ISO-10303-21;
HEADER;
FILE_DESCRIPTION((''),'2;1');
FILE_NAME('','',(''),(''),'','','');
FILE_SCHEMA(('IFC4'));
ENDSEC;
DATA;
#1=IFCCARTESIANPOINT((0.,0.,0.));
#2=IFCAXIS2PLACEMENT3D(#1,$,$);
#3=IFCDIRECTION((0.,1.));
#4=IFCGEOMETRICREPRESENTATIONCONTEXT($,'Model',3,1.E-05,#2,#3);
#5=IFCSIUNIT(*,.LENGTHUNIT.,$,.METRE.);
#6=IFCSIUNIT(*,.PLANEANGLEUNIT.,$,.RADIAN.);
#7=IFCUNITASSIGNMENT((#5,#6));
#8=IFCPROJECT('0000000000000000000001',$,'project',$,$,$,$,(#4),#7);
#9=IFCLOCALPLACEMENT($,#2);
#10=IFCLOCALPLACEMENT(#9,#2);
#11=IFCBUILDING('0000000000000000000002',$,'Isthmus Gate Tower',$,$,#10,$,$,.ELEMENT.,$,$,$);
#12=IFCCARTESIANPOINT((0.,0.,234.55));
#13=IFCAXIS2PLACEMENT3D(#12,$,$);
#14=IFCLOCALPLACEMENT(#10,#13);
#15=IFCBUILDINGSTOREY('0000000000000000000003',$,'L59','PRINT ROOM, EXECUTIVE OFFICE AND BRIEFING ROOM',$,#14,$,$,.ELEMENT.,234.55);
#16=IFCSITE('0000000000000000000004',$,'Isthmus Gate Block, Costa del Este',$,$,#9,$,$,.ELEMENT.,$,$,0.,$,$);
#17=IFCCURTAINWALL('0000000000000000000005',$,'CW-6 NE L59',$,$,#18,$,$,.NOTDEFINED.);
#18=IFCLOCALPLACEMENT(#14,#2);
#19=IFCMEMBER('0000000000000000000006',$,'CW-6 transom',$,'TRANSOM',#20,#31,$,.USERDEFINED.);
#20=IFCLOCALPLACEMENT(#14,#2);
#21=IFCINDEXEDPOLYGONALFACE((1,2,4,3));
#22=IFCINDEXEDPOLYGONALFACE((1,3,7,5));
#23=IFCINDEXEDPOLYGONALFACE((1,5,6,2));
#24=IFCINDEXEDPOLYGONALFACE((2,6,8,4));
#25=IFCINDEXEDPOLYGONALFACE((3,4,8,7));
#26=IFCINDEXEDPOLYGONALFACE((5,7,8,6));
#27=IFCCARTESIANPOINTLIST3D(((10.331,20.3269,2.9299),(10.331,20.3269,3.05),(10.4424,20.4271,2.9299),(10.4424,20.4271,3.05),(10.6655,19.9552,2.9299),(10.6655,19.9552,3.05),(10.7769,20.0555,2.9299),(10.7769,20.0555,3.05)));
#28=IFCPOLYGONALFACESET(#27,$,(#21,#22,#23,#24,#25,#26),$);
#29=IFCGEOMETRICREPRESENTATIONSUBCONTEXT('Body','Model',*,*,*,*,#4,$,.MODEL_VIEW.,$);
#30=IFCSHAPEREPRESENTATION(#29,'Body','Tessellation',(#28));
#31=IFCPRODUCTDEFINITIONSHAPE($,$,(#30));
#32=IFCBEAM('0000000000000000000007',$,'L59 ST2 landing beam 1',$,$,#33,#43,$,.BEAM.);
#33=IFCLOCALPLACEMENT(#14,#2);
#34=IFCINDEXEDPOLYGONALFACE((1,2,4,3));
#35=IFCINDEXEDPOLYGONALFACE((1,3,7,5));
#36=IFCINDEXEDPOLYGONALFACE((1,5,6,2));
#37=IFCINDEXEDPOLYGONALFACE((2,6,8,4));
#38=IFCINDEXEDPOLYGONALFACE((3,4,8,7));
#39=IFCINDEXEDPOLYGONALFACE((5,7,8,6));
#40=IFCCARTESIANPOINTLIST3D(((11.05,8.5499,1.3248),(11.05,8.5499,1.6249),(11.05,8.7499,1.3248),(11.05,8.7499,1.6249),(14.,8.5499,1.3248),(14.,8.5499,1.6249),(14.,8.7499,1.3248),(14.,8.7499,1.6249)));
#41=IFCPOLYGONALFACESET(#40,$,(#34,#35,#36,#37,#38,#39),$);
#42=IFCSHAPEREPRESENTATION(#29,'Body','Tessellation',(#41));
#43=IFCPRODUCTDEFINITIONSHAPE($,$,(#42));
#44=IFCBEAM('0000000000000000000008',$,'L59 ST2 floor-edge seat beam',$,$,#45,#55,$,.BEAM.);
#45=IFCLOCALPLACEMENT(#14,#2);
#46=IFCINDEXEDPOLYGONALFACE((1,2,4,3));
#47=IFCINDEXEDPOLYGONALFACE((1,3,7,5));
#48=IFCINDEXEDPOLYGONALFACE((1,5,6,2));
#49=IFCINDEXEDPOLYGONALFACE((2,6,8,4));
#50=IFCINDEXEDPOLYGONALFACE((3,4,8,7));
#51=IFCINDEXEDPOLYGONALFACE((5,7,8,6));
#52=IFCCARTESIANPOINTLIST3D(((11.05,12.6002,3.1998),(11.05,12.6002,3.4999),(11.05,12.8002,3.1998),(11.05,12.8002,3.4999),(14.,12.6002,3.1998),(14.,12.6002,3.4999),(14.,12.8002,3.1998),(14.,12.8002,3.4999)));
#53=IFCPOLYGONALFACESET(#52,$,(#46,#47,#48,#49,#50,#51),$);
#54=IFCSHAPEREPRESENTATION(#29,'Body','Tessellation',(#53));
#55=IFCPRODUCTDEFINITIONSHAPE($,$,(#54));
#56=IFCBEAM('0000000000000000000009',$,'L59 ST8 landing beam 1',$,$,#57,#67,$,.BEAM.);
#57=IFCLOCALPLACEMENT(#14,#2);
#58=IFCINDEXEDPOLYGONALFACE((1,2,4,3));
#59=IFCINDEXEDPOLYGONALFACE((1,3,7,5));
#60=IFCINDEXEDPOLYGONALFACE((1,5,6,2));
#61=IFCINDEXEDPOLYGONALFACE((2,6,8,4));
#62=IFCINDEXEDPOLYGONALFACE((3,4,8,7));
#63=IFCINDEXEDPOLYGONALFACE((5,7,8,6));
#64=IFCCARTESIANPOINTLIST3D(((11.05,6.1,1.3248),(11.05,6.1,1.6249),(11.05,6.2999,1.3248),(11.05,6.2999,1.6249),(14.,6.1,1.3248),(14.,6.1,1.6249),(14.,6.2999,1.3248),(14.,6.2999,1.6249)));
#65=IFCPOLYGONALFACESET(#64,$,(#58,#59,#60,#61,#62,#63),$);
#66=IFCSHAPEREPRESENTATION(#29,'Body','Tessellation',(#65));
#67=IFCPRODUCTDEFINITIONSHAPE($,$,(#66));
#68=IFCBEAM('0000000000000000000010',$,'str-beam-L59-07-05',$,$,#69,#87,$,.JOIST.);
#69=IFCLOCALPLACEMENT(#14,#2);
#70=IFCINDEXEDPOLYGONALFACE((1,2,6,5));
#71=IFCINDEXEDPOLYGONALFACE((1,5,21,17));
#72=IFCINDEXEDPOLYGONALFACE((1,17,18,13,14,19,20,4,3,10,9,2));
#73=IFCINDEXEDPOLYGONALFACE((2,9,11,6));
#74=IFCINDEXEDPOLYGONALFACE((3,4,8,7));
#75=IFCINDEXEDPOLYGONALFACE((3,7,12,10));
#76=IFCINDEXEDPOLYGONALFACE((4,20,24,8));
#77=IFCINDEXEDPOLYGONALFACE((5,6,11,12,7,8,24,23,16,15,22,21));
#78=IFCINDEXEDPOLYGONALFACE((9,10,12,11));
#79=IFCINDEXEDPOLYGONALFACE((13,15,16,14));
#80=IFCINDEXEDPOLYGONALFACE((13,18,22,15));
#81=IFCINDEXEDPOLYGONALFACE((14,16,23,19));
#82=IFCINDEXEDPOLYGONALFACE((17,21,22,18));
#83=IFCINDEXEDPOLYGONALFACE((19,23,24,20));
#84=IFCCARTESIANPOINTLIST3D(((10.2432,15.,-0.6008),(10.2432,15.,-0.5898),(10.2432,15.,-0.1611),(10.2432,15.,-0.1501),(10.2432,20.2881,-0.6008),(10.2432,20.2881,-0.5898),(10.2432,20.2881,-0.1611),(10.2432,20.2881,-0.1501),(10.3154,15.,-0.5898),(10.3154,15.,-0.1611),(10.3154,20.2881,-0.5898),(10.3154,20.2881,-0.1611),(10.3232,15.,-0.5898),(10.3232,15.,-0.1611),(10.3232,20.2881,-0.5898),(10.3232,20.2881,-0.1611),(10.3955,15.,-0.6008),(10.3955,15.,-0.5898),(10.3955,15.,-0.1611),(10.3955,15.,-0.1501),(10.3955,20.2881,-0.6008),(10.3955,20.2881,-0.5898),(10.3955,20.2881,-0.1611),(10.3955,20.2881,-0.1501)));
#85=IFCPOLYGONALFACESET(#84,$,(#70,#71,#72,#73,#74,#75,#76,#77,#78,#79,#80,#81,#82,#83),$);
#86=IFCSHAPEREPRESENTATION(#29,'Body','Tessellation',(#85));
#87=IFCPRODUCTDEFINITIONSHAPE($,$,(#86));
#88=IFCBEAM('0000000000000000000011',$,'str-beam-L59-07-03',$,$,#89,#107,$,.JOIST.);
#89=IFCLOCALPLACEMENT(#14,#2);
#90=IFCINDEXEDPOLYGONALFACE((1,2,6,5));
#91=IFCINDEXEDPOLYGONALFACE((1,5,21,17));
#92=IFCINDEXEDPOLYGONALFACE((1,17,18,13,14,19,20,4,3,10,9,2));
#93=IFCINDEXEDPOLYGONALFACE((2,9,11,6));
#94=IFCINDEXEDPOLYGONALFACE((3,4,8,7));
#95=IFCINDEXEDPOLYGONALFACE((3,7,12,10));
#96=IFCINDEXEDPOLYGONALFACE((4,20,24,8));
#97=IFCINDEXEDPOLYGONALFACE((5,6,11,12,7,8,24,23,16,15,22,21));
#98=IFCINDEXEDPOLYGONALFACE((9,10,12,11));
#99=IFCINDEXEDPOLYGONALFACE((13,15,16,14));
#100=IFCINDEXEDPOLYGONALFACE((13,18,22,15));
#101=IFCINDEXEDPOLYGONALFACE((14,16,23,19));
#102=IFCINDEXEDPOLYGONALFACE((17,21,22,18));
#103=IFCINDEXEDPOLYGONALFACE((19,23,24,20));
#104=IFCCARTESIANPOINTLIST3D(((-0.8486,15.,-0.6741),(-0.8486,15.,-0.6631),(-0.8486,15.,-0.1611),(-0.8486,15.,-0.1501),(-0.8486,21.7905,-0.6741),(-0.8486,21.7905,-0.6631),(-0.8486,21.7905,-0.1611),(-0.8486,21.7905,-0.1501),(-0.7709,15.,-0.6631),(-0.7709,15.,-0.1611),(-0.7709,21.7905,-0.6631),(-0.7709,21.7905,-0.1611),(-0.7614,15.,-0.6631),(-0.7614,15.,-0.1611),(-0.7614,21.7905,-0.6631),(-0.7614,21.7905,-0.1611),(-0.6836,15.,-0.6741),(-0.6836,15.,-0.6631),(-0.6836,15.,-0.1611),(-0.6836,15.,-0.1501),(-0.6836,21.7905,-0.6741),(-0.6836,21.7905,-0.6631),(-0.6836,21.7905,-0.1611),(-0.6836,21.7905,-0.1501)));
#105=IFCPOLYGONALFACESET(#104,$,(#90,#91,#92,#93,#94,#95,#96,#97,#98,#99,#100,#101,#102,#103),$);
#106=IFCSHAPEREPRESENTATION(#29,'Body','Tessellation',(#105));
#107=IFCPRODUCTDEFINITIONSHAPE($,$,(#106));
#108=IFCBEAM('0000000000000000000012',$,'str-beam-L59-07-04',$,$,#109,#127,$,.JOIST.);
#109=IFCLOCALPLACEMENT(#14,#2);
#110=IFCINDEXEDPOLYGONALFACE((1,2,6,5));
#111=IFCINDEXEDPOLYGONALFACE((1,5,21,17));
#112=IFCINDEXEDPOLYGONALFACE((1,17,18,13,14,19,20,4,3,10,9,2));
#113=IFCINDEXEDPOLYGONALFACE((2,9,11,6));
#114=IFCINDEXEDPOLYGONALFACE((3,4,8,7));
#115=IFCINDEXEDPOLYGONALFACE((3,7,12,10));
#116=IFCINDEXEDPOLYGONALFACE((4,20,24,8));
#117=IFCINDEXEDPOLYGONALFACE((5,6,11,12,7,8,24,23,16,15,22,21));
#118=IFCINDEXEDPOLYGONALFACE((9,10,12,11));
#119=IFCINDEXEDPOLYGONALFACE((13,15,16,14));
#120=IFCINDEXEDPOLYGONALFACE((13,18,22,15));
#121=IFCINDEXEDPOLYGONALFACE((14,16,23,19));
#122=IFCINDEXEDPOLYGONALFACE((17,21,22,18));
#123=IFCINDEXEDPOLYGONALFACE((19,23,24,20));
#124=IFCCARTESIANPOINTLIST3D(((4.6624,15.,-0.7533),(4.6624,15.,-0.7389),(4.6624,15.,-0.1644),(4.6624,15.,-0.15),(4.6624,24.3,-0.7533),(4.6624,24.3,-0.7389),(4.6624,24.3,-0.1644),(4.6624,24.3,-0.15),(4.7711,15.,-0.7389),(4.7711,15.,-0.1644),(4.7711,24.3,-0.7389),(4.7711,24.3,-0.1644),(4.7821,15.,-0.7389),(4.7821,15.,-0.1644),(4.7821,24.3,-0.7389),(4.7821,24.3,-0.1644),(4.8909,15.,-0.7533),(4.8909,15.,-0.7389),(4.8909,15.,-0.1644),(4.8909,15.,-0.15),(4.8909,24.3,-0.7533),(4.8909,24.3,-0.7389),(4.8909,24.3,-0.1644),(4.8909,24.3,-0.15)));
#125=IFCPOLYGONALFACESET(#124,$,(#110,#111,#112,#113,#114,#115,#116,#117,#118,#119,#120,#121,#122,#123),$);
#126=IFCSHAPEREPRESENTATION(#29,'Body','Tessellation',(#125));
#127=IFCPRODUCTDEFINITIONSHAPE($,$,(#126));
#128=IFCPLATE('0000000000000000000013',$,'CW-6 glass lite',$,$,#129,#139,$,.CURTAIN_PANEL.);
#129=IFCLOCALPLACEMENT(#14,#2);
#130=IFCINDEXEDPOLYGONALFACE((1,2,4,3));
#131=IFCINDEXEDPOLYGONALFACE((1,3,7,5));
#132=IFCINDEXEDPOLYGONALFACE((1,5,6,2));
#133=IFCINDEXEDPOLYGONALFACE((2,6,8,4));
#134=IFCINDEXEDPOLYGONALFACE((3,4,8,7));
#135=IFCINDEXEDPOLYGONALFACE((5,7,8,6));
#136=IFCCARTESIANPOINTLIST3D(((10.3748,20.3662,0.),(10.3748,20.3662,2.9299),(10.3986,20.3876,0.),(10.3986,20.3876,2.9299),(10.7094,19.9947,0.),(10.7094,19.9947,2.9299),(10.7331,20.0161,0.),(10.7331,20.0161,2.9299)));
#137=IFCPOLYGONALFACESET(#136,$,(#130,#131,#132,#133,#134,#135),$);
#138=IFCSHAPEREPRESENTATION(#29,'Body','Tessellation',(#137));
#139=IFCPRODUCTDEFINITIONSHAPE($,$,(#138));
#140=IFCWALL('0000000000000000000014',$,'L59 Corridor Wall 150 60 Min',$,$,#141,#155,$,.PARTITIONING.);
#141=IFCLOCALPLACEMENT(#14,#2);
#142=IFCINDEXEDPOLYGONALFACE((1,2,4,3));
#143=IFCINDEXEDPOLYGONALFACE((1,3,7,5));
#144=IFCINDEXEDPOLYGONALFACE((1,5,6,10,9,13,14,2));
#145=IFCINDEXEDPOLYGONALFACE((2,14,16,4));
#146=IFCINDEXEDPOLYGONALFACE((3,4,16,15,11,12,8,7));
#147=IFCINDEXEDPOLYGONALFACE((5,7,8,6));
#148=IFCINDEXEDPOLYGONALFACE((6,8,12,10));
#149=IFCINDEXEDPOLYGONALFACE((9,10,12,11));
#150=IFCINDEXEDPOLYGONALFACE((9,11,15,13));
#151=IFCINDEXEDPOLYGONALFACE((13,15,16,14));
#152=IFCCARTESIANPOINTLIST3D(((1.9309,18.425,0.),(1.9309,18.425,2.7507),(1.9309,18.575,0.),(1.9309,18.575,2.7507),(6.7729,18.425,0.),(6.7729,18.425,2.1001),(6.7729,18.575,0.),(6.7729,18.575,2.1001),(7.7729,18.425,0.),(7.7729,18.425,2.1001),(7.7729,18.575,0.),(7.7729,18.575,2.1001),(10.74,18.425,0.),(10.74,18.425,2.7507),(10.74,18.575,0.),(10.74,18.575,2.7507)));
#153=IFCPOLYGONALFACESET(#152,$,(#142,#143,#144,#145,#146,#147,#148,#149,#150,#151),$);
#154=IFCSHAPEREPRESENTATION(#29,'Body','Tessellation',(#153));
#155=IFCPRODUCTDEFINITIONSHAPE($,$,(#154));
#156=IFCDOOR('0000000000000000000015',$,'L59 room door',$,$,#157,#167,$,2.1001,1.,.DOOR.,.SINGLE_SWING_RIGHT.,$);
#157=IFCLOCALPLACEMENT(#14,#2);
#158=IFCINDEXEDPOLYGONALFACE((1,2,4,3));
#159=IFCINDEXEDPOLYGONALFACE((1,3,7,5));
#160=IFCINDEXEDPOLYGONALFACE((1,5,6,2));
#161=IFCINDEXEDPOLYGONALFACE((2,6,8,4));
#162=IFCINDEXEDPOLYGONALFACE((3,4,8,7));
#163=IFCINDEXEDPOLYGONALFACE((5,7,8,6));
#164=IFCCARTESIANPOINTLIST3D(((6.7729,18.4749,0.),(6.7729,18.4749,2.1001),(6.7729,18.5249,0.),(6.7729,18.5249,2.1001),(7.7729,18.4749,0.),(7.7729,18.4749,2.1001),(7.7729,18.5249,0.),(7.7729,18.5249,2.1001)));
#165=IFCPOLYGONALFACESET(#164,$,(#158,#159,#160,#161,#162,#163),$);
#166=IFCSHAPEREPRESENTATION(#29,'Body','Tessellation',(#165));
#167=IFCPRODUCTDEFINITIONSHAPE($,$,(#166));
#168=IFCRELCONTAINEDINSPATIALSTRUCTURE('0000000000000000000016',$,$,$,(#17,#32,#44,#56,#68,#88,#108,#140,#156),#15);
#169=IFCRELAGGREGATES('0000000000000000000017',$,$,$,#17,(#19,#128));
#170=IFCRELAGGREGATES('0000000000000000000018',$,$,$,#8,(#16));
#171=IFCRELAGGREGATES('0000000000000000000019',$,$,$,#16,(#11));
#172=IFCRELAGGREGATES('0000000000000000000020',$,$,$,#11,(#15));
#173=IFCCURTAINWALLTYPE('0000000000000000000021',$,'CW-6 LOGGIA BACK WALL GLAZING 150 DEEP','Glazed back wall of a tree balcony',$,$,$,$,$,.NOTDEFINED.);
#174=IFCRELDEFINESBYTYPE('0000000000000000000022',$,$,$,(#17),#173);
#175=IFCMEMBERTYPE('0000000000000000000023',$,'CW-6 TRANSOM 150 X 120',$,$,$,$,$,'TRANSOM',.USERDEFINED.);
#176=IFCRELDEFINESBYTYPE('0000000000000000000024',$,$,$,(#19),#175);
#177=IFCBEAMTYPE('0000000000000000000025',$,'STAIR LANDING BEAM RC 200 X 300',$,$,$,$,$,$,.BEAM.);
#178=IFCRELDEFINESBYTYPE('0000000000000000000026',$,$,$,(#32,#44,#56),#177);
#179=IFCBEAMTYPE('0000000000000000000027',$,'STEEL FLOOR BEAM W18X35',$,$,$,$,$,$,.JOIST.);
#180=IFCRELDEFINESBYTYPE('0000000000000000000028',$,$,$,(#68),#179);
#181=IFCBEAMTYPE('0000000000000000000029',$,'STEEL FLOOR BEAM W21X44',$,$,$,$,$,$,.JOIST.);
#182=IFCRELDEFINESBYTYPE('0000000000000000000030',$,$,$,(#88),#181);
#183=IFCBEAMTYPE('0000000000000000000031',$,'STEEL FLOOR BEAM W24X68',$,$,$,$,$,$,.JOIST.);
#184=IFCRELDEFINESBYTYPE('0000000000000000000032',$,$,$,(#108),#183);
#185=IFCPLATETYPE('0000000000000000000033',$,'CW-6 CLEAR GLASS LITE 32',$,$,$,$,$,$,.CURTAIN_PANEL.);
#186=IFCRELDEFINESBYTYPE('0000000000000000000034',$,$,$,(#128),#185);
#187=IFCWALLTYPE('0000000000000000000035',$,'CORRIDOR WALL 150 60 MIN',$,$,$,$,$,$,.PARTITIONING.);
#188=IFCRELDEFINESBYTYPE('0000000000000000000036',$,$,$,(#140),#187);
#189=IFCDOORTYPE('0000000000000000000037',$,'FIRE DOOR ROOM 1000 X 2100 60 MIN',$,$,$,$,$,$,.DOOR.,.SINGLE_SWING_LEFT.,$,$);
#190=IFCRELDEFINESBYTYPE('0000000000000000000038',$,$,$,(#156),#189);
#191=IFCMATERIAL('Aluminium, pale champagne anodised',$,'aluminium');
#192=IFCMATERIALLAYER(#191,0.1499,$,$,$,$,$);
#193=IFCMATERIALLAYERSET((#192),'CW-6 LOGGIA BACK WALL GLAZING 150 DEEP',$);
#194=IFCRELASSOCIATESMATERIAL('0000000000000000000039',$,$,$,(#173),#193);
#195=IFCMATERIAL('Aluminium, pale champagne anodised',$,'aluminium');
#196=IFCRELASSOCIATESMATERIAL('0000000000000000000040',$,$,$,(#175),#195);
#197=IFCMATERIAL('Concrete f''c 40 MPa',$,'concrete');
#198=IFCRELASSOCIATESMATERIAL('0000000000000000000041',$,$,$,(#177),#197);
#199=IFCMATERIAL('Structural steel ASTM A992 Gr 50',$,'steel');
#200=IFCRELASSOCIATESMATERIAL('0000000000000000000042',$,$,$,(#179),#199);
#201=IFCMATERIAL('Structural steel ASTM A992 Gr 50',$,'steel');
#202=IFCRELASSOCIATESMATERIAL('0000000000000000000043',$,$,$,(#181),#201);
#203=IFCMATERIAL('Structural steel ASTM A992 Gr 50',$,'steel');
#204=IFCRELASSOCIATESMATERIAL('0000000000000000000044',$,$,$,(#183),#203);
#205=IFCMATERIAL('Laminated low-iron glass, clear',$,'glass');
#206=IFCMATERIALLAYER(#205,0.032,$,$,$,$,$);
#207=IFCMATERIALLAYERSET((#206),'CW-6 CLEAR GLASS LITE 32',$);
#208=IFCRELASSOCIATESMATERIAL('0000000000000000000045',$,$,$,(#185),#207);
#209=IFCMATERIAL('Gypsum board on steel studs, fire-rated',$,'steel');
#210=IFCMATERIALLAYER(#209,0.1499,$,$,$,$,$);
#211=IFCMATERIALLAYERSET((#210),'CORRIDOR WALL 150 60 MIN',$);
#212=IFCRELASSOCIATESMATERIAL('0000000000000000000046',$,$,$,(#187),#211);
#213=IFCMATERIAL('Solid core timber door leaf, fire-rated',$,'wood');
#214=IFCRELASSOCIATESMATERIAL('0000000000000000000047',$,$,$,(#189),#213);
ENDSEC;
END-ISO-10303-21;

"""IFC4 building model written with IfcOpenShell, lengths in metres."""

from ifc_helpers import new_model, si_unit, direction, frame, frame_2d, origin, origin_2d, place, context, subcontext, project, spatial, rectangle, i_section, extrude, material, layer, layer_set, material_profile, profile_set, type_object, element, fill, aggregate, save


model = new_model("IFC4")

# Units and contexts
model_context = context("Model", 3, precision=1e-05, world=origin(), true_north=direction((0.0, 1.0)))
body_context = subcontext(model_context, "Body", "Model", "MODEL_VIEW")
ifc_project = project(units=[si_unit("LENGTHUNIT", "METRE"), si_unit("PLANEANGLEUNIT", "RADIAN")], contexts=[model_context])

# Site, building, storey
site_placement = place(None, origin())
site = spatial("IfcSite", under=ifc_project, at=site_placement, Name="Isthmus Gate Block, Costa del Este", CompositionType="ELEMENT", RefElevation=0.0)
building_placement = place(site_placement, origin())
building = spatial("IfcBuilding", under=site, at=building_placement, Name="Isthmus Gate Tower", CompositionType="ELEMENT")
storey_placement = place(building_placement, frame((0.0, 0.0, 234.55)))
storey = spatial("IfcBuildingStorey", under=building, at=storey_placement, Name="L59", Description="PRINT ROOM, EXECUTIVE OFFICE AND BRIEFING ROOM", CompositionType="ELEMENT", Elevation=234.55)

# Curtain wall, member
ifc_material_1 = material(Name="Aluminium, pale champagne anodised", Category="aluminium")
ifc_layer_1 = layer(ifc_material_1, 0.1499)
ifc_layer_set_1 = layer_set([ifc_layer_1], Name="CW-6 LOGGIA BACK WALL GLAZING 150 DEEP")
curtain_wall_type = type_object("IfcCurtainWallType", Name="CW-6 LOGGIA BACK WALL GLAZING 150 DEEP", Description="Glazed back wall of a tree balcony", PredefinedType="NOTDEFINED", material=ifc_layer_set_1)
curtain_wall_placement = place(storey_placement, origin())
curtain_wall = element("IfcCurtainWall", 1, at=curtain_wall_placement, inside=storey, type_object=curtain_wall_type, Name="CW-6 NE L59", PredefinedType="NOTDEFINED")
ifc_material_2 = material(Name="Aluminium, pale champagne anodised", Category="aluminium")
ifc_material_profile_1 = material_profile(ifc_material_2, rectangle(XDim=0.1499, YDim=0.1201, at=origin_2d()), Name="150x120")
ifc_profile_set_1 = profile_set([ifc_material_profile_1], Name="Aluminium, pale champagne anodised")
member_type = type_object("IfcMemberType", Name="CW-6 TRANSOM 150 X 120", ElementType="TRANSOM", PredefinedType="USERDEFINED", material=ifc_profile_set_1)
member_placement = place(storey_placement, frame((10.7212, 20.0054, 2.99), z_axis=(-0.669019, 0.743246, 0.0), x_axis=(-0.743246, -0.669019, 0.0)))
member = element("IfcMember", 2, at=member_placement, type_object=member_type, Name="CW-6 transom", ObjectType="TRANSOM", PredefinedType="USERDEFINED", context=body_context, shape_type="SweptSolid", body=[
    extrude(rectangle(XDim=0.1499, YDim=0.1201, at=origin_2d()), origin(), (0.0, 0.0, 1.0), 0.5),
])

# Beams
ifc_material_3 = material(Name="Concrete f'c 40 MPa", Category="concrete")
ifc_material_profile_2 = material_profile(ifc_material_3, rectangle(XDim=0.2, YDim=0.3, at=origin_2d()), Name="STAIR LANDING BEAM RC 200 X 300")
ifc_profile_set_2 = profile_set([ifc_material_profile_2], Name="Concrete f'c 40 MPa")
beam_type_1 = type_object("IfcBeamType", Name="STAIR LANDING BEAM RC 200 X 300", PredefinedType="BEAM", material=ifc_profile_set_2)
for number, where, z_axis, x_axis, name in (
    (3, (11.05, 8.6499, 1.4749), (1.0, 0.0, 0.0), (0.0, 1.0, 0.0), "L59 ST2 landing beam 1"),
    (4, (11.05, 12.7002, 3.3499), (1.0, 0.0, 0.0), (0.0, 1.0, 0.0), "L59 ST2 floor-edge seat beam"),
    (5, (11.05, 6.2, 1.4749), (1.0, 0.0, 0.0), (0.0, 1.0, 0.0), "L59 ST8 landing beam 1"),
):
    element("IfcBeam", number, at=place(storey_placement, frame(where, z_axis=z_axis, x_axis=x_axis)), inside=storey, type_object=beam_type_1, Name=name, PredefinedType="BEAM", context=body_context, shape_type="SweptSolid", body=[
        extrude(rectangle(XDim=0.2, YDim=0.3, at=origin_2d()), origin(), (0.0, 0.0, 1.0), 2.95),
    ])
ifc_material_4 = material(Name="Structural steel ASTM A992 Gr 50", Category="steel")
ifc_material_profile_3 = material_profile(ifc_material_4, i_section(OverallWidth=0.1523, OverallDepth=0.4507, WebThickness=0.0078, FlangeThickness=0.011, at=origin_2d()), Name="W18X35")
ifc_profile_set_3 = profile_set([ifc_material_profile_3], Name="Structural steel ASTM A992 Gr 50")
beam_type_2 = type_object("IfcBeamType", Name="STEEL FLOOR BEAM W18X35", PredefinedType="JOIST", material=ifc_profile_set_3)
beam_1_placement = place(storey_placement, frame((10.3193, 15.0, -0.3755), z_axis=(0.0, 1.0, 0.0), x_axis=(-1.0, 0.0, 0.0)))
element("IfcBeam", 6, at=beam_1_placement, inside=storey, type_object=beam_type_2, Name="str-beam-L59-07-05", PredefinedType="JOIST", context=body_context, shape_type="SweptSolid", body=[
    extrude(i_section(OverallWidth=0.1523, OverallDepth=0.4507, WebThickness=0.0078, FlangeThickness=0.011, at=origin_2d()), origin(), (0.0, 0.0, 1.0), 5.2881),
])
ifc_material_5 = material(Name="Structural steel ASTM A992 Gr 50", Category="steel")
ifc_material_profile_4 = material_profile(ifc_material_5, i_section(OverallWidth=0.165, OverallDepth=0.5239, WebThickness=0.0095, FlangeThickness=0.011, at=origin_2d()), Name="W21X44")
ifc_profile_set_4 = profile_set([ifc_material_profile_4], Name="Structural steel ASTM A992 Gr 50")
beam_type_3 = type_object("IfcBeamType", Name="STEEL FLOOR BEAM W21X44", PredefinedType="JOIST", material=ifc_profile_set_4)
beam_2_placement = place(storey_placement, frame((-0.7661, 15.0, -0.4121), z_axis=(0.0, 1.0, 0.0), x_axis=(-1.0, 0.0, 0.0)))
element("IfcBeam", 7, at=beam_2_placement, inside=storey, type_object=beam_type_3, Name="str-beam-L59-07-03", PredefinedType="JOIST", context=body_context, shape_type="SweptSolid", body=[
    extrude(i_section(OverallWidth=0.165, OverallDepth=0.5239, WebThickness=0.0095, FlangeThickness=0.011, at=origin_2d()), origin(), (0.0, 0.0, 1.0), 6.7905),
])
ifc_material_6 = material(Name="Structural steel ASTM A992 Gr 50", Category="steel")
ifc_material_profile_5 = material_profile(ifc_material_6, i_section(OverallWidth=0.2285, OverallDepth=0.6033, WebThickness=0.011, FlangeThickness=0.0144, at=origin_2d()), Name="W24X68")
ifc_profile_set_5 = profile_set([ifc_material_profile_5], Name="Structural steel ASTM A992 Gr 50")
beam_type_4 = type_object("IfcBeamType", Name="STEEL FLOOR BEAM W24X68", PredefinedType="JOIST", material=ifc_profile_set_5)
beam_3_placement = place(storey_placement, frame((4.7766, 15.0, -0.4517), z_axis=(0.0, 1.0, 0.0), x_axis=(-1.0, 0.0, 0.0)))
element("IfcBeam", 8, at=beam_3_placement, inside=storey, type_object=beam_type_4, Name="str-beam-L59-07-04", PredefinedType="JOIST", context=body_context, shape_type="SweptSolid", body=[
    extrude(i_section(OverallWidth=0.2285, OverallDepth=0.6033, WebThickness=0.011, FlangeThickness=0.0144, at=origin_2d()), origin(), (0.0, 0.0, 1.0), 9.3),
])

# Plate
ifc_material_7 = material(Name="Laminated low-iron glass, clear", Category="glass")
ifc_layer_2 = layer(ifc_material_7, 0.032)
ifc_layer_set_2 = layer_set([ifc_layer_2], Name="CW-6 CLEAR GLASS LITE 32")
plate_type = type_object("IfcPlateType", Name="CW-6 CLEAR GLASS LITE 32", PredefinedType="CURTAIN_PANEL", material=ifc_layer_set_2)
plate_placement = place(storey_placement, frame((10.554, 20.1912, 0.0), z_axis=(0.0, 0.0, 1.0), x_axis=(-0.669131, 0.743145, 0.0)))
plate = element("IfcPlate", 9, at=plate_placement, type_object=plate_type, Name="CW-6 glass lite", PredefinedType="CURTAIN_PANEL", context=body_context, shape_type="SweptSolid", body=[
    extrude(rectangle(XDim=0.5, YDim=0.032, at=origin_2d()), origin(), (0.0, 0.0, 1.0), 2.9299),
])
aggregate(curtain_wall, [member, plate])

# Wall, opening, door
ifc_material_8 = material(Name="Gypsum board on steel studs, fire-rated", Category="steel")
ifc_layer_3 = layer(ifc_material_8, 0.1499)
ifc_layer_set_3 = layer_set([ifc_layer_3], Name="CORRIDOR WALL 150 60 MIN")
wall_type_1 = type_object("IfcWallType", Name="CORRIDOR WALL 150 60 MIN", PredefinedType="PARTITIONING", material=ifc_layer_set_3)
wall_1_placement = place(storey_placement, frame((1.9309, 18.5, 0.0), z_axis=(0.0, 0.0, 1.0), x_axis=(1.0, 0.0, 0.0)))
wall_1 = element("IfcWall", 10, at=wall_1_placement, inside=storey, type_object=wall_type_1, Name="L59 Corridor Wall 150 60 Min", PredefinedType="PARTITIONING", context=body_context, shape_type="SweptSolid", body=[
    extrude(rectangle(XDim=8.8091, YDim=0.1499, at=frame_2d((4.4045, 0.0))), origin(), (0.0, 0.0, 1.0), 2.7507),
])
opening_1_placement = place(wall_1_placement, frame((4.842, 0.0, 0.0)))
opening_1 = element("IfcOpeningElement", 11, at=opening_1_placement, cuts=wall_1, PredefinedType="OPENING", context=body_context, shape_type="SweptSolid", body=[
    extrude(rectangle(XDim=1.0, YDim=2.1001, at=frame_2d((0.5, 1.05))), frame((0.0, 0.085, 0.0), z_axis=(0.0, -1.0, 0.0), x_axis=(1.0, 0.0, 0.0)), (0.0, 0.0, 1.0), 0.1699),
])
ifc_material_9 = material(Name="Solid core timber door leaf, fire-rated", Category="wood")
door_type_1 = type_object("IfcDoorType", Name="FIRE DOOR ROOM 1000 X 2100 60 MIN", OperationType="SINGLE_SWING_LEFT", PredefinedType="DOOR", material=ifc_material_9)
door_1_placement = place(opening_1_placement, origin())
door_1 = element("IfcDoor", 12, at=door_1_placement, inside=storey, type_object=door_type_1, Name="L59 room door", OperationType="SINGLE_SWING_RIGHT", OverallHeight=2.1001, OverallWidth=1.0, PredefinedType="DOOR", context=body_context, shape_type="SweptSolid", body=[
    extrude(rectangle(XDim=1.0, YDim=2.1001, at=frame_2d((0.5, 1.05))), frame((0.0, 0.0249, 0.0), z_axis=(0.0, -1.0, 0.0), x_axis=(1.0, 0.0, 0.0)), (0.0, 0.0, 1.0), 0.05),
])
fill(opening_1, door_1)

save(model, "model.ifc")
